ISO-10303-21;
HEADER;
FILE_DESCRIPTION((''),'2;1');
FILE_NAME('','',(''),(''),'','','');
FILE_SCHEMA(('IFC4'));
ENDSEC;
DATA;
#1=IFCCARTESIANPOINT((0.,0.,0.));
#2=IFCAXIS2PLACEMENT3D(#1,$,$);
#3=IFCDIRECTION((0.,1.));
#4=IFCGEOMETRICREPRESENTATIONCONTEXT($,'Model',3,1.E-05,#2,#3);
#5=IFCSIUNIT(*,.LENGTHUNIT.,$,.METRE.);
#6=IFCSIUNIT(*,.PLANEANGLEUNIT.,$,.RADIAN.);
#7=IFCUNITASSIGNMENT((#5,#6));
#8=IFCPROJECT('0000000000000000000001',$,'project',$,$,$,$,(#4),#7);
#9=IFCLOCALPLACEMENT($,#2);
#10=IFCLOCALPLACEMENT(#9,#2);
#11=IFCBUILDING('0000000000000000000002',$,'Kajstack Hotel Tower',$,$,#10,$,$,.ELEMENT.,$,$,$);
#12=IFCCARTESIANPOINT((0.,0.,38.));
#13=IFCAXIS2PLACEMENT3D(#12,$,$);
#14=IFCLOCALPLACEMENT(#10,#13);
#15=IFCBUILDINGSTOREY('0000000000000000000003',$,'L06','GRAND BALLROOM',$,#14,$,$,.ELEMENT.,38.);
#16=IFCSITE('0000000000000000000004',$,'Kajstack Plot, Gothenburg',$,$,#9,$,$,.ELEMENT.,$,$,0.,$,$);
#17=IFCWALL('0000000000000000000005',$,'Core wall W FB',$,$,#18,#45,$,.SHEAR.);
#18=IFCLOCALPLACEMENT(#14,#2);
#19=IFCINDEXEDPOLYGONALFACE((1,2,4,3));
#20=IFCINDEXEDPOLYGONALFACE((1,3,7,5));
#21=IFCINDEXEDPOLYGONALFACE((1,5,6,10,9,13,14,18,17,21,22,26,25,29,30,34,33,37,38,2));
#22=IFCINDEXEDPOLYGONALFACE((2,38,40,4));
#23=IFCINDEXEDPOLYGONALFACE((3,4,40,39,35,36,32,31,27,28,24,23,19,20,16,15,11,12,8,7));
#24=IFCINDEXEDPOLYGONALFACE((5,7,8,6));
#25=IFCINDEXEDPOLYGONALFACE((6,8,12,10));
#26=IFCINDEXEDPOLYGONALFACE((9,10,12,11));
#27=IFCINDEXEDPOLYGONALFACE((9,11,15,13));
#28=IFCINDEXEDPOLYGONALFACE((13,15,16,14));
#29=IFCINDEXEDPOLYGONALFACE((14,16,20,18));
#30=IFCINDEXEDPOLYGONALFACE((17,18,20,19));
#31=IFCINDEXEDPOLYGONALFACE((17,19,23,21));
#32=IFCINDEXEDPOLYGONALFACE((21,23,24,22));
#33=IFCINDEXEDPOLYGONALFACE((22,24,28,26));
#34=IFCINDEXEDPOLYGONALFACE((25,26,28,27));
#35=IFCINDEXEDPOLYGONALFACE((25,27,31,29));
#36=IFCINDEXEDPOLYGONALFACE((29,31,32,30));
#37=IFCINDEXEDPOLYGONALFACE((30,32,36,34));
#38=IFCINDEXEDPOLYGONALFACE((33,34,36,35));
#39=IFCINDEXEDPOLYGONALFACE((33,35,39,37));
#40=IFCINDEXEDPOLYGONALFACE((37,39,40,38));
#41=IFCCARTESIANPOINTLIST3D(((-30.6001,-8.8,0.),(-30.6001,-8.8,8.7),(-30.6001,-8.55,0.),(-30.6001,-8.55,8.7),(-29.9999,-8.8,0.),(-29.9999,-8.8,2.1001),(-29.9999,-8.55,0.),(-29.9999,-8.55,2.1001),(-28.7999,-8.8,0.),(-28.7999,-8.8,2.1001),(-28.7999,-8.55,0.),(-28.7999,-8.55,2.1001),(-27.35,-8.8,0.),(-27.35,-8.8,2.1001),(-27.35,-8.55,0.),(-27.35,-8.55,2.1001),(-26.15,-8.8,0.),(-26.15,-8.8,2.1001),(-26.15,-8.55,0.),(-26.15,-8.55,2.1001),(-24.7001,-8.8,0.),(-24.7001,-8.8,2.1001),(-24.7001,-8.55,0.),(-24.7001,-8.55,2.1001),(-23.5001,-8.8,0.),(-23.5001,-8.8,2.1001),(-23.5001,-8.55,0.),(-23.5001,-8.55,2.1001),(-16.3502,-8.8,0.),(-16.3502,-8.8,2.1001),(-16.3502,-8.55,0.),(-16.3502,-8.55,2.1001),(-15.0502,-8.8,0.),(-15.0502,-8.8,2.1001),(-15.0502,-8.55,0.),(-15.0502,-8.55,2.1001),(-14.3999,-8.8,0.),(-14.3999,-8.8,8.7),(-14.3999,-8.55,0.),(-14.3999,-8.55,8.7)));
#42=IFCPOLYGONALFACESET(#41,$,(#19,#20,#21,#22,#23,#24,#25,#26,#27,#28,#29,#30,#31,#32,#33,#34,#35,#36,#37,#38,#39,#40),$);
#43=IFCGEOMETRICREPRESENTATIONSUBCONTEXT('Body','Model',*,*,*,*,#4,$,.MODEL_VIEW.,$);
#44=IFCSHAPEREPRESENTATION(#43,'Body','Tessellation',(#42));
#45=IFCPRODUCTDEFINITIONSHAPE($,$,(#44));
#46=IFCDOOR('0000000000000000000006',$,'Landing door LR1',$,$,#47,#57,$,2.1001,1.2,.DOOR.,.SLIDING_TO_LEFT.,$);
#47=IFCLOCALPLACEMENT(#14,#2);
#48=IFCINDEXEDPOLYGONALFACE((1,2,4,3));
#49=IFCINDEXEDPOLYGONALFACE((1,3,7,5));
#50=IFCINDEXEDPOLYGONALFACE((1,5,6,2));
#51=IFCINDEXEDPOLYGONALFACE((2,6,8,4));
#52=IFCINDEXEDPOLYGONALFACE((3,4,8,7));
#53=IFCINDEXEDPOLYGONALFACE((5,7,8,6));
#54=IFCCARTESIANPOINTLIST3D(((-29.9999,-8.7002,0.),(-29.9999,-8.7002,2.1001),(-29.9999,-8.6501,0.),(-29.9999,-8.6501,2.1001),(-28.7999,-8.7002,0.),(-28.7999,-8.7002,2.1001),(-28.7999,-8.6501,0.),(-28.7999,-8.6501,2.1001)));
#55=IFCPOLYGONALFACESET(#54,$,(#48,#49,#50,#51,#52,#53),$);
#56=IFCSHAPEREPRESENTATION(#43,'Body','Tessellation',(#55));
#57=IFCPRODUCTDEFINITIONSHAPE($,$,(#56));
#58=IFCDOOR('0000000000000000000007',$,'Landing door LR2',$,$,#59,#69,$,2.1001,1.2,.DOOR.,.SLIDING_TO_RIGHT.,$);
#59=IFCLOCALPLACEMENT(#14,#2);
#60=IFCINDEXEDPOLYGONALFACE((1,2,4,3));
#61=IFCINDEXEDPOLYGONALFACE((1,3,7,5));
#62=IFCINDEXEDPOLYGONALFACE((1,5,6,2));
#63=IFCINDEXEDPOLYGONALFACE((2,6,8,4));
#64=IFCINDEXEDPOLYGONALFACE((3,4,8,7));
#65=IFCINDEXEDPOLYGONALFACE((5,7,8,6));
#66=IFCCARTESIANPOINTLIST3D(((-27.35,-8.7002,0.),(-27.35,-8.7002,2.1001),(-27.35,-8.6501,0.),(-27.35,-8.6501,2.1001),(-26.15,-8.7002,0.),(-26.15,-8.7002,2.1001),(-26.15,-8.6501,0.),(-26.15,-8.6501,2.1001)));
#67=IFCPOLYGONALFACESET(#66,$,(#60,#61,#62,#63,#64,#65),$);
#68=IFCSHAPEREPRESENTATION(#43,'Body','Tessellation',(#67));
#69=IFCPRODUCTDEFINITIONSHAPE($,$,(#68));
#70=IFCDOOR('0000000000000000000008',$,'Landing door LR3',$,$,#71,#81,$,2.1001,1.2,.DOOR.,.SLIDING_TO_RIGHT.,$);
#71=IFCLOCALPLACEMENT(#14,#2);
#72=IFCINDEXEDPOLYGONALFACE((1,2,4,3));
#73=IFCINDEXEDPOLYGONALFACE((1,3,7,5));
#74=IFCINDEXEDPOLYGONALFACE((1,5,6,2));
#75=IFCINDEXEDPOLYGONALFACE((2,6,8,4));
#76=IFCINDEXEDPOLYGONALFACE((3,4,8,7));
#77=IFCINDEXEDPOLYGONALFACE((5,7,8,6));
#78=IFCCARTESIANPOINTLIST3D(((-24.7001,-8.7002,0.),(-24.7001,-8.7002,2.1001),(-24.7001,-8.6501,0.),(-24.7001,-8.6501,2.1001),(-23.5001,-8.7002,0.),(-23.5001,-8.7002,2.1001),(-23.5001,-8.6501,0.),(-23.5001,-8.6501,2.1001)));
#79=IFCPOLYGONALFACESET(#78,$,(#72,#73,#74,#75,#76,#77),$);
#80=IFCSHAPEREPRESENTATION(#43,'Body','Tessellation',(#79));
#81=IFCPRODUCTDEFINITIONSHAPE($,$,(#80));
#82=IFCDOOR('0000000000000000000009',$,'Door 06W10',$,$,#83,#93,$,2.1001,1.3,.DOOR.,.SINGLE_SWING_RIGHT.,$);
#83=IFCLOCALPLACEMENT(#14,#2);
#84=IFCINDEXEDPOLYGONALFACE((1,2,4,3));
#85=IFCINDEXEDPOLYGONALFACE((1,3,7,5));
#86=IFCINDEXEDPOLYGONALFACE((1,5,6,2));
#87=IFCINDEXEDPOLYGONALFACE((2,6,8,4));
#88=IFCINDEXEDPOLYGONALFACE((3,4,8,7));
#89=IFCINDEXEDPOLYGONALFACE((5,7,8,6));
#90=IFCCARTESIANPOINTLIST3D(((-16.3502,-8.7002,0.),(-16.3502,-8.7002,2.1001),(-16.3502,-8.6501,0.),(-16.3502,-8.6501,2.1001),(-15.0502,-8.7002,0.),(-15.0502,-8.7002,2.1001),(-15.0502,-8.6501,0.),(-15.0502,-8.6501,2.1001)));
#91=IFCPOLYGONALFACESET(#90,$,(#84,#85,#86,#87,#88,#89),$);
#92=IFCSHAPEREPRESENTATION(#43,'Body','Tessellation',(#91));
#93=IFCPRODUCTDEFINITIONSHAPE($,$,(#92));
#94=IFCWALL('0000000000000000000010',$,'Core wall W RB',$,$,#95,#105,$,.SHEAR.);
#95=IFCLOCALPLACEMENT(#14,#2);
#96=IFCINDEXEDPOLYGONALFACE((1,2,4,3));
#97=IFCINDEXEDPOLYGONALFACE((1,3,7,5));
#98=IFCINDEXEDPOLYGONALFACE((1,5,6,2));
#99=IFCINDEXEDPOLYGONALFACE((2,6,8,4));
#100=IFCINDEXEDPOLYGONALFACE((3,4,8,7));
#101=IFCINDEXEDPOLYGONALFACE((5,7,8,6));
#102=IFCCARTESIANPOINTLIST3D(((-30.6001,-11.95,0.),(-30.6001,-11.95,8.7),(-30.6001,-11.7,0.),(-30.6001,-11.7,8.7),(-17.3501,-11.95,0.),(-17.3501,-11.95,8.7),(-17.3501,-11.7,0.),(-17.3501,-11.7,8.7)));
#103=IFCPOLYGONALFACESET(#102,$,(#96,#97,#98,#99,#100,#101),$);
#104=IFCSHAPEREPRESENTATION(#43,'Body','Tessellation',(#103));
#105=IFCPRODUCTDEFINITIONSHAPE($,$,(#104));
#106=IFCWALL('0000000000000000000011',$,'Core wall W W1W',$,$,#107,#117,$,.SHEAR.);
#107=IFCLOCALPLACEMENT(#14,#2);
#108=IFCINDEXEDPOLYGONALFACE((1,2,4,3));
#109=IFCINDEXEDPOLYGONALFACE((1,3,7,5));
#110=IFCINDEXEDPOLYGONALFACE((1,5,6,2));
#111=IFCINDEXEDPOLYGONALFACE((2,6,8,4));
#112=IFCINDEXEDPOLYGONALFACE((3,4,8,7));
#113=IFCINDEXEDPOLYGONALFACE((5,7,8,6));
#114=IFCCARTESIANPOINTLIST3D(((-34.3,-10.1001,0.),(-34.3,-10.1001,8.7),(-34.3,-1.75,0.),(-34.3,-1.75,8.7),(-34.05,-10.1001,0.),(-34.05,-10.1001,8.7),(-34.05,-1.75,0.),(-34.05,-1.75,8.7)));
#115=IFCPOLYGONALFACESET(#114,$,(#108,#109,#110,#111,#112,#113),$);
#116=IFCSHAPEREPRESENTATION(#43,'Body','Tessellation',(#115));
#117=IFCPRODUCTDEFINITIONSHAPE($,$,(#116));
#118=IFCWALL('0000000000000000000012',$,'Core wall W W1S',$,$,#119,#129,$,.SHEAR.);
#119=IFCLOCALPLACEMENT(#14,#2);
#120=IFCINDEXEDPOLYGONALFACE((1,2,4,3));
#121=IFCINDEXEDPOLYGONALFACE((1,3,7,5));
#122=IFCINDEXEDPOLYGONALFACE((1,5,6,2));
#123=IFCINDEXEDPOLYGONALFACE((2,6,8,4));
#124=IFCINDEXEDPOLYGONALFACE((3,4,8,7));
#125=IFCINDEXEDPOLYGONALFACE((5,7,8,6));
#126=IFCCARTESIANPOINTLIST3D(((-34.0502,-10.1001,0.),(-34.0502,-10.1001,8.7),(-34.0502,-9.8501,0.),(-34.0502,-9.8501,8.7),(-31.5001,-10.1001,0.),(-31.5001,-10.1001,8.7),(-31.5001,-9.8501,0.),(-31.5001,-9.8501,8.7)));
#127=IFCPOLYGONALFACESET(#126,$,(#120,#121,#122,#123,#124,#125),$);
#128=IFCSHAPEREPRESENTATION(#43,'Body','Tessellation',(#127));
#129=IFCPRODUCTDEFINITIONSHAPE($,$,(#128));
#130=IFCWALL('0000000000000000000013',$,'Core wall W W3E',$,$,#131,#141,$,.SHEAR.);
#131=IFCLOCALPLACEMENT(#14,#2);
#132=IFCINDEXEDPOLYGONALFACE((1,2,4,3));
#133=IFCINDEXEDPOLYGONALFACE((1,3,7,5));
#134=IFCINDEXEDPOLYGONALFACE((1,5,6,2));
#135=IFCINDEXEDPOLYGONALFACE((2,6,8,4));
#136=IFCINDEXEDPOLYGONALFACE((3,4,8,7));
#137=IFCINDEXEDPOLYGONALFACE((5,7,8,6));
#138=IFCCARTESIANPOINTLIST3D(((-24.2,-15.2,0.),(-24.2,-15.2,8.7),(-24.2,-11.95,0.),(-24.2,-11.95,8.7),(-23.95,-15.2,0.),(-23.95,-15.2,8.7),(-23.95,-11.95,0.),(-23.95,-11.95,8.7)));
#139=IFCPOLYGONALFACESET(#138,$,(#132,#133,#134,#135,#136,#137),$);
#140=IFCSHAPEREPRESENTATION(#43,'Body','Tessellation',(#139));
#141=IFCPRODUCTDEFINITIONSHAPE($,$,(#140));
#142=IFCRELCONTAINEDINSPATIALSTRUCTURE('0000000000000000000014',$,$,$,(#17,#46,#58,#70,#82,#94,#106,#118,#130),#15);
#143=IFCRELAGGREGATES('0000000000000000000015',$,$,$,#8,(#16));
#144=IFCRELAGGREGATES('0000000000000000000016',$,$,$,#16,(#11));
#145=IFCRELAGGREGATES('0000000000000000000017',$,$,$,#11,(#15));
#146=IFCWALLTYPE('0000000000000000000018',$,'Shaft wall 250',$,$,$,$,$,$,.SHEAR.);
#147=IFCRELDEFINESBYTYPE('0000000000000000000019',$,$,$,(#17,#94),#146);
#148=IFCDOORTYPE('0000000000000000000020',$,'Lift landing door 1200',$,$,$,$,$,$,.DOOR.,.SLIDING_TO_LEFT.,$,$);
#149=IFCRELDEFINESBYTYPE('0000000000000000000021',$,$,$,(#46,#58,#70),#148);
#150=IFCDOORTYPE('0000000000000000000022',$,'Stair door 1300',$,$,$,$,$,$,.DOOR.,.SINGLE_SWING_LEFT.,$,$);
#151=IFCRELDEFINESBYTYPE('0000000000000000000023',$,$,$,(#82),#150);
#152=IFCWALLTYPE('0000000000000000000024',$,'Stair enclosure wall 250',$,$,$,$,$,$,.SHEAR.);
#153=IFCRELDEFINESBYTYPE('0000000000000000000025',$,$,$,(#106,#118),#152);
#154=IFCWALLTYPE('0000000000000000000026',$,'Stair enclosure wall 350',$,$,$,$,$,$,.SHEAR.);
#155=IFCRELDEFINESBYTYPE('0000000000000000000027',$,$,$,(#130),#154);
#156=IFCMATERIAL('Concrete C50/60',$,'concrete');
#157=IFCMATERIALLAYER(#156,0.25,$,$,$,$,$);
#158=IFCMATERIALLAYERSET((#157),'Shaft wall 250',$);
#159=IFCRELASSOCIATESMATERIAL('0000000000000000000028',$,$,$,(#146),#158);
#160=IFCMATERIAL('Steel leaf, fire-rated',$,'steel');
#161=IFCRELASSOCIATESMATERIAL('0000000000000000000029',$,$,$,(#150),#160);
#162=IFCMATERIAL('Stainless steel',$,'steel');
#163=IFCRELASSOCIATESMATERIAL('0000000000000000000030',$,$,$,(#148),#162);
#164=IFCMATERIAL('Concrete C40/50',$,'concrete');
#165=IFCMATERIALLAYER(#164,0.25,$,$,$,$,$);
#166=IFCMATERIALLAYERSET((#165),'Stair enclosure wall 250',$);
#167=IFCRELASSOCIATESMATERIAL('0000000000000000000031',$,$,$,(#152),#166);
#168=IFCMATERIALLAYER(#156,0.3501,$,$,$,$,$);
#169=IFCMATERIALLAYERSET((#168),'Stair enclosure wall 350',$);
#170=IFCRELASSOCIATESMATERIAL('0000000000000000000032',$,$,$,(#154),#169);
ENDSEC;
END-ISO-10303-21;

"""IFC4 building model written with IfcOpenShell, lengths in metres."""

from ifc_helpers import new_model, si_unit, direction, frame, frame_2d, origin, place, context, subcontext, project, spatial, rectangle, extrude, material, layer, layer_set, type_object, element, fill, save


model = new_model("IFC4")

# Units and contexts
model_context = context("Model", 3, precision=1e-05, world=origin(), true_north=direction((0.0, 1.0)))
body_context = subcontext(model_context, "Body", "Model", "MODEL_VIEW")
ifc_project = project(units=[si_unit("LENGTHUNIT", "METRE"), si_unit("PLANEANGLEUNIT", "RADIAN")], contexts=[model_context])

# Site, building, storey
site_placement = place(None, origin())
site = spatial("IfcSite", under=ifc_project, at=site_placement, Name="Kajstack Plot, Gothenburg", CompositionType="ELEMENT", RefElevation=0.0)
building_placement = place(site_placement, origin())
building = spatial("IfcBuilding", under=site, at=building_placement, Name="Kajstack Hotel Tower", CompositionType="ELEMENT")
storey_placement = place(building_placement, frame((0.0, 0.0, 38.0)))
storey = spatial("IfcBuildingStorey", under=building, at=storey_placement, Name="L06", Description="GRAND BALLROOM", CompositionType="ELEMENT", Elevation=38.0)

# Shared definitions
ifc_material_1 = material(Name="Stainless steel", Category="steel")

# Shared definitions
ifc_material_2 = material(Name="Concrete C40/50", Category="concrete")
ifc_material_3 = material(Name="Concrete C50/60", Category="concrete")

# Wall, openings, doors
ifc_layer_1 = layer(ifc_material_3, 0.25)
ifc_layer_set_1 = layer_set([ifc_layer_1], Name="Shaft wall 250")
wall_type_1 = type_object("IfcWallType", Name="Shaft wall 250", PredefinedType="SHEAR", material=ifc_layer_set_1)
ifc_material_4 = material(Name="Steel leaf, fire-rated", Category="steel")
door_type_1 = type_object("IfcDoorType", Name="Stair door 1300", OperationType="SINGLE_SWING_LEFT", PredefinedType="DOOR", material=ifc_material_4)
wall_1_placement = place(storey_placement, frame((-30.6001, -8.675, 0.0), z_axis=(0.0, 0.0, 1.0), x_axis=(1.0, 0.0, 0.0)))
wall_1 = element("IfcWall", 1, at=wall_1_placement, inside=storey, type_object=wall_type_1, Name="Core wall W FB", PredefinedType="SHEAR", context=body_context, shape_type="SweptSolid", body=[
    extrude(rectangle(XDim=16.2002, YDim=0.25, at=frame_2d((8.1001, 0.0))), origin(), (0.0, 0.0, 1.0), 8.7),
])
opening_1_placement = place(wall_1_placement, frame((0.6001, 0.0, 0.0)))
opening_1 = element("IfcOpeningElement", 2, at=opening_1_placement, cuts=wall_1, PredefinedType="OPENING", context=body_context, shape_type="SweptSolid", body=[
    extrude(rectangle(XDim=1.2, YDim=2.1001, at=frame_2d((0.6001, 1.05))), frame((0.0, 0.135, 0.0), z_axis=(0.0, -1.0, 0.0), x_axis=(1.0, 0.0, 0.0)), (0.0, 0.0, 1.0), 0.27),
])
opening_2_placement = place(wall_1_placement, frame((3.25, 0.0, 0.0)))
opening_2 = element("IfcOpeningElement", 3, at=opening_2_placement, cuts=wall_1, PredefinedType="OPENING", context=body_context, shape_type="SweptSolid", body=[
    extrude(rectangle(XDim=1.2, YDim=2.1001, at=frame_2d((0.6001, 1.05))), frame((0.0, 0.135, 0.0), z_axis=(0.0, -1.0, 0.0), x_axis=(1.0, 0.0, 0.0)), (0.0, 0.0, 1.0), 0.27),
])
opening_3_placement = place(wall_1_placement, frame((5.8999, 0.0, 0.0)))
opening_3 = element("IfcOpeningElement", 4, at=opening_3_placement, cuts=wall_1, PredefinedType="OPENING", context=body_context, shape_type="SweptSolid", body=[
    extrude(rectangle(XDim=1.2, YDim=2.1001, at=frame_2d((0.6001, 1.05))), frame((0.0, 0.135, 0.0), z_axis=(0.0, -1.0, 0.0), x_axis=(1.0, 0.0, 0.0)), (0.0, 0.0, 1.0), 0.27),
])
opening_4_placement = place(wall_1_placement, frame((14.25, 0.0, 0.0)))
opening_4 = element("IfcOpeningElement", 5, at=opening_4_placement, cuts=wall_1, PredefinedType="OPENING", context=body_context, shape_type="SweptSolid", body=[
    extrude(rectangle(XDim=1.3, YDim=2.1001, at=frame_2d((0.6499, 1.05))), frame((0.0, 0.135, 0.0), z_axis=(0.0, -1.0, 0.0), x_axis=(1.0, 0.0, 0.0)), (0.0, 0.0, 1.0), 0.27),
])
door_type_2 = type_object("IfcDoorType", Name="Lift landing door 1200", OperationType="SLIDING_TO_LEFT", PredefinedType="DOOR", material=ifc_material_1)
door_1_placement = place(opening_1_placement, origin())
door_1 = element("IfcDoor", 6, at=door_1_placement, inside=storey, type_object=door_type_2, Name="Landing door LR1", OperationType="SLIDING_TO_LEFT", OverallHeight=2.1001, OverallWidth=1.2, PredefinedType="DOOR", context=body_context, shape_type="SweptSolid", body=[
    extrude(rectangle(XDim=1.2, YDim=2.1001, at=frame_2d((0.6001, 1.05))), frame((0.0, 0.0249, 0.0), z_axis=(0.0, -1.0, 0.0), x_axis=(1.0, 0.0, 0.0)), (0.0, 0.0, 1.0), 0.05),
])
fill(opening_1, door_1)
door_2_placement = place(opening_2_placement, origin())
door_2 = element("IfcDoor", 7, at=door_2_placement, inside=storey, type_object=door_type_2, Name="Landing door LR2", OperationType="SLIDING_TO_RIGHT", OverallHeight=2.1001, OverallWidth=1.2, PredefinedType="DOOR", context=body_context, shape_type="SweptSolid", body=[
    extrude(rectangle(XDim=1.2, YDim=2.1001, at=frame_2d((0.6001, 1.05))), frame((0.0, 0.0249, 0.0), z_axis=(0.0, -1.0, 0.0), x_axis=(1.0, 0.0, 0.0)), (0.0, 0.0, 1.0), 0.05),
])
fill(opening_2, door_2)
door_3_placement = place(opening_3_placement, origin())
door_3 = element("IfcDoor", 8, at=door_3_placement, inside=storey, type_object=door_type_2, Name="Landing door LR3", OperationType="SLIDING_TO_RIGHT", OverallHeight=2.1001, OverallWidth=1.2, PredefinedType="DOOR", context=body_context, shape_type="SweptSolid", body=[
    extrude(rectangle(XDim=1.2, YDim=2.1001, at=frame_2d((0.6001, 1.05))), frame((0.0, 0.0249, 0.0), z_axis=(0.0, -1.0, 0.0), x_axis=(1.0, 0.0, 0.0)), (0.0, 0.0, 1.0), 0.05),
])
fill(opening_3, door_3)
door_4_placement = place(opening_4_placement, origin())
door_4 = element("IfcDoor", 9, at=door_4_placement, inside=storey, type_object=door_type_1, Name="Door 06W10", OperationType="SINGLE_SWING_RIGHT", OverallHeight=2.1001, OverallWidth=1.3, PredefinedType="DOOR", context=body_context, shape_type="SweptSolid", body=[
    extrude(rectangle(XDim=1.3, YDim=2.1001, at=frame_2d((0.6499, 1.05))), frame((0.0, 0.0249, 0.0), z_axis=(0.0, -1.0, 0.0), x_axis=(1.0, 0.0, 0.0)), (0.0, 0.0, 1.0), 0.05),
])
fill(opening_4, door_4)

# Walls
wall_2_placement = place(storey_placement, frame((-30.6001, -11.825, 0.0), z_axis=(0.0, 0.0, 1.0), x_axis=(1.0, 0.0, 0.0)))
element("IfcWall", 10, at=wall_2_placement, inside=storey, type_object=wall_type_1, Name="Core wall W RB", PredefinedType="SHEAR", context=body_context, shape_type="SweptSolid", body=[
    extrude(rectangle(XDim=13.25, YDim=0.25, at=frame_2d((6.625, 0.0))), origin(), (0.0, 0.0, 1.0), 8.7),
])
ifc_layer_2 = layer(ifc_material_2, 0.25)
ifc_layer_set_2 = layer_set([ifc_layer_2], Name="Stair enclosure wall 250")
wall_type_2 = type_object("IfcWallType", Name="Stair enclosure wall 250", PredefinedType="SHEAR", material=ifc_layer_set_2)
wall_3_placement = place(storey_placement, frame((-34.175, -10.1001, 0.0), z_axis=(0.0, 0.0, 1.0), x_axis=(0.0, 1.0, 0.0)))
element("IfcWall", 11, at=wall_3_placement, inside=storey, type_object=wall_type_2, Name="Core wall W W1W", PredefinedType="SHEAR", context=body_context, shape_type="SweptSolid", body=[
    extrude(rectangle(XDim=8.3501, YDim=0.25, at=frame_2d((4.175, 0.0))), origin(), (0.0, 0.0, 1.0), 8.7),
])
wall_4_placement = place(storey_placement, frame((-34.05, -9.9751, 0.0), z_axis=(0.0, 0.0, 1.0), x_axis=(1.0, 0.0, 0.0)))
element("IfcWall", 12, at=wall_4_placement, inside=storey, type_object=wall_type_2, Name="Core wall W W1S", PredefinedType="SHEAR", context=body_context, shape_type="SweptSolid", body=[
    extrude(rectangle(XDim=2.55, YDim=0.25, at=frame_2d((1.2749, 0.0))), origin(), (0.0, 0.0, 1.0), 8.7),
])
ifc_layer_3 = layer(ifc_material_3, 0.3501)
ifc_layer_set_3 = layer_set([ifc_layer_3], Name="Stair enclosure wall 350")
wall_type_3 = type_object("IfcWallType", Name="Stair enclosure wall 350", PredefinedType="SHEAR", material=ifc_layer_set_3)
wall_5_placement = place(storey_placement, frame((-24.075, -15.2, 0.0), z_axis=(0.0, 0.0, 1.0), x_axis=(0.0, 1.0, 0.0)))
element("IfcWall", 13, at=wall_5_placement, inside=storey, type_object=wall_type_3, Name="Core wall W W3E", PredefinedType="SHEAR", context=body_context, shape_type="SweptSolid", body=[
    extrude(rectangle(XDim=3.25, YDim=0.25, at=frame_2d((1.625, 0.0))), origin(), (0.0, 0.0, 1.0), 8.7),
])

save(model, "model.ifc")
